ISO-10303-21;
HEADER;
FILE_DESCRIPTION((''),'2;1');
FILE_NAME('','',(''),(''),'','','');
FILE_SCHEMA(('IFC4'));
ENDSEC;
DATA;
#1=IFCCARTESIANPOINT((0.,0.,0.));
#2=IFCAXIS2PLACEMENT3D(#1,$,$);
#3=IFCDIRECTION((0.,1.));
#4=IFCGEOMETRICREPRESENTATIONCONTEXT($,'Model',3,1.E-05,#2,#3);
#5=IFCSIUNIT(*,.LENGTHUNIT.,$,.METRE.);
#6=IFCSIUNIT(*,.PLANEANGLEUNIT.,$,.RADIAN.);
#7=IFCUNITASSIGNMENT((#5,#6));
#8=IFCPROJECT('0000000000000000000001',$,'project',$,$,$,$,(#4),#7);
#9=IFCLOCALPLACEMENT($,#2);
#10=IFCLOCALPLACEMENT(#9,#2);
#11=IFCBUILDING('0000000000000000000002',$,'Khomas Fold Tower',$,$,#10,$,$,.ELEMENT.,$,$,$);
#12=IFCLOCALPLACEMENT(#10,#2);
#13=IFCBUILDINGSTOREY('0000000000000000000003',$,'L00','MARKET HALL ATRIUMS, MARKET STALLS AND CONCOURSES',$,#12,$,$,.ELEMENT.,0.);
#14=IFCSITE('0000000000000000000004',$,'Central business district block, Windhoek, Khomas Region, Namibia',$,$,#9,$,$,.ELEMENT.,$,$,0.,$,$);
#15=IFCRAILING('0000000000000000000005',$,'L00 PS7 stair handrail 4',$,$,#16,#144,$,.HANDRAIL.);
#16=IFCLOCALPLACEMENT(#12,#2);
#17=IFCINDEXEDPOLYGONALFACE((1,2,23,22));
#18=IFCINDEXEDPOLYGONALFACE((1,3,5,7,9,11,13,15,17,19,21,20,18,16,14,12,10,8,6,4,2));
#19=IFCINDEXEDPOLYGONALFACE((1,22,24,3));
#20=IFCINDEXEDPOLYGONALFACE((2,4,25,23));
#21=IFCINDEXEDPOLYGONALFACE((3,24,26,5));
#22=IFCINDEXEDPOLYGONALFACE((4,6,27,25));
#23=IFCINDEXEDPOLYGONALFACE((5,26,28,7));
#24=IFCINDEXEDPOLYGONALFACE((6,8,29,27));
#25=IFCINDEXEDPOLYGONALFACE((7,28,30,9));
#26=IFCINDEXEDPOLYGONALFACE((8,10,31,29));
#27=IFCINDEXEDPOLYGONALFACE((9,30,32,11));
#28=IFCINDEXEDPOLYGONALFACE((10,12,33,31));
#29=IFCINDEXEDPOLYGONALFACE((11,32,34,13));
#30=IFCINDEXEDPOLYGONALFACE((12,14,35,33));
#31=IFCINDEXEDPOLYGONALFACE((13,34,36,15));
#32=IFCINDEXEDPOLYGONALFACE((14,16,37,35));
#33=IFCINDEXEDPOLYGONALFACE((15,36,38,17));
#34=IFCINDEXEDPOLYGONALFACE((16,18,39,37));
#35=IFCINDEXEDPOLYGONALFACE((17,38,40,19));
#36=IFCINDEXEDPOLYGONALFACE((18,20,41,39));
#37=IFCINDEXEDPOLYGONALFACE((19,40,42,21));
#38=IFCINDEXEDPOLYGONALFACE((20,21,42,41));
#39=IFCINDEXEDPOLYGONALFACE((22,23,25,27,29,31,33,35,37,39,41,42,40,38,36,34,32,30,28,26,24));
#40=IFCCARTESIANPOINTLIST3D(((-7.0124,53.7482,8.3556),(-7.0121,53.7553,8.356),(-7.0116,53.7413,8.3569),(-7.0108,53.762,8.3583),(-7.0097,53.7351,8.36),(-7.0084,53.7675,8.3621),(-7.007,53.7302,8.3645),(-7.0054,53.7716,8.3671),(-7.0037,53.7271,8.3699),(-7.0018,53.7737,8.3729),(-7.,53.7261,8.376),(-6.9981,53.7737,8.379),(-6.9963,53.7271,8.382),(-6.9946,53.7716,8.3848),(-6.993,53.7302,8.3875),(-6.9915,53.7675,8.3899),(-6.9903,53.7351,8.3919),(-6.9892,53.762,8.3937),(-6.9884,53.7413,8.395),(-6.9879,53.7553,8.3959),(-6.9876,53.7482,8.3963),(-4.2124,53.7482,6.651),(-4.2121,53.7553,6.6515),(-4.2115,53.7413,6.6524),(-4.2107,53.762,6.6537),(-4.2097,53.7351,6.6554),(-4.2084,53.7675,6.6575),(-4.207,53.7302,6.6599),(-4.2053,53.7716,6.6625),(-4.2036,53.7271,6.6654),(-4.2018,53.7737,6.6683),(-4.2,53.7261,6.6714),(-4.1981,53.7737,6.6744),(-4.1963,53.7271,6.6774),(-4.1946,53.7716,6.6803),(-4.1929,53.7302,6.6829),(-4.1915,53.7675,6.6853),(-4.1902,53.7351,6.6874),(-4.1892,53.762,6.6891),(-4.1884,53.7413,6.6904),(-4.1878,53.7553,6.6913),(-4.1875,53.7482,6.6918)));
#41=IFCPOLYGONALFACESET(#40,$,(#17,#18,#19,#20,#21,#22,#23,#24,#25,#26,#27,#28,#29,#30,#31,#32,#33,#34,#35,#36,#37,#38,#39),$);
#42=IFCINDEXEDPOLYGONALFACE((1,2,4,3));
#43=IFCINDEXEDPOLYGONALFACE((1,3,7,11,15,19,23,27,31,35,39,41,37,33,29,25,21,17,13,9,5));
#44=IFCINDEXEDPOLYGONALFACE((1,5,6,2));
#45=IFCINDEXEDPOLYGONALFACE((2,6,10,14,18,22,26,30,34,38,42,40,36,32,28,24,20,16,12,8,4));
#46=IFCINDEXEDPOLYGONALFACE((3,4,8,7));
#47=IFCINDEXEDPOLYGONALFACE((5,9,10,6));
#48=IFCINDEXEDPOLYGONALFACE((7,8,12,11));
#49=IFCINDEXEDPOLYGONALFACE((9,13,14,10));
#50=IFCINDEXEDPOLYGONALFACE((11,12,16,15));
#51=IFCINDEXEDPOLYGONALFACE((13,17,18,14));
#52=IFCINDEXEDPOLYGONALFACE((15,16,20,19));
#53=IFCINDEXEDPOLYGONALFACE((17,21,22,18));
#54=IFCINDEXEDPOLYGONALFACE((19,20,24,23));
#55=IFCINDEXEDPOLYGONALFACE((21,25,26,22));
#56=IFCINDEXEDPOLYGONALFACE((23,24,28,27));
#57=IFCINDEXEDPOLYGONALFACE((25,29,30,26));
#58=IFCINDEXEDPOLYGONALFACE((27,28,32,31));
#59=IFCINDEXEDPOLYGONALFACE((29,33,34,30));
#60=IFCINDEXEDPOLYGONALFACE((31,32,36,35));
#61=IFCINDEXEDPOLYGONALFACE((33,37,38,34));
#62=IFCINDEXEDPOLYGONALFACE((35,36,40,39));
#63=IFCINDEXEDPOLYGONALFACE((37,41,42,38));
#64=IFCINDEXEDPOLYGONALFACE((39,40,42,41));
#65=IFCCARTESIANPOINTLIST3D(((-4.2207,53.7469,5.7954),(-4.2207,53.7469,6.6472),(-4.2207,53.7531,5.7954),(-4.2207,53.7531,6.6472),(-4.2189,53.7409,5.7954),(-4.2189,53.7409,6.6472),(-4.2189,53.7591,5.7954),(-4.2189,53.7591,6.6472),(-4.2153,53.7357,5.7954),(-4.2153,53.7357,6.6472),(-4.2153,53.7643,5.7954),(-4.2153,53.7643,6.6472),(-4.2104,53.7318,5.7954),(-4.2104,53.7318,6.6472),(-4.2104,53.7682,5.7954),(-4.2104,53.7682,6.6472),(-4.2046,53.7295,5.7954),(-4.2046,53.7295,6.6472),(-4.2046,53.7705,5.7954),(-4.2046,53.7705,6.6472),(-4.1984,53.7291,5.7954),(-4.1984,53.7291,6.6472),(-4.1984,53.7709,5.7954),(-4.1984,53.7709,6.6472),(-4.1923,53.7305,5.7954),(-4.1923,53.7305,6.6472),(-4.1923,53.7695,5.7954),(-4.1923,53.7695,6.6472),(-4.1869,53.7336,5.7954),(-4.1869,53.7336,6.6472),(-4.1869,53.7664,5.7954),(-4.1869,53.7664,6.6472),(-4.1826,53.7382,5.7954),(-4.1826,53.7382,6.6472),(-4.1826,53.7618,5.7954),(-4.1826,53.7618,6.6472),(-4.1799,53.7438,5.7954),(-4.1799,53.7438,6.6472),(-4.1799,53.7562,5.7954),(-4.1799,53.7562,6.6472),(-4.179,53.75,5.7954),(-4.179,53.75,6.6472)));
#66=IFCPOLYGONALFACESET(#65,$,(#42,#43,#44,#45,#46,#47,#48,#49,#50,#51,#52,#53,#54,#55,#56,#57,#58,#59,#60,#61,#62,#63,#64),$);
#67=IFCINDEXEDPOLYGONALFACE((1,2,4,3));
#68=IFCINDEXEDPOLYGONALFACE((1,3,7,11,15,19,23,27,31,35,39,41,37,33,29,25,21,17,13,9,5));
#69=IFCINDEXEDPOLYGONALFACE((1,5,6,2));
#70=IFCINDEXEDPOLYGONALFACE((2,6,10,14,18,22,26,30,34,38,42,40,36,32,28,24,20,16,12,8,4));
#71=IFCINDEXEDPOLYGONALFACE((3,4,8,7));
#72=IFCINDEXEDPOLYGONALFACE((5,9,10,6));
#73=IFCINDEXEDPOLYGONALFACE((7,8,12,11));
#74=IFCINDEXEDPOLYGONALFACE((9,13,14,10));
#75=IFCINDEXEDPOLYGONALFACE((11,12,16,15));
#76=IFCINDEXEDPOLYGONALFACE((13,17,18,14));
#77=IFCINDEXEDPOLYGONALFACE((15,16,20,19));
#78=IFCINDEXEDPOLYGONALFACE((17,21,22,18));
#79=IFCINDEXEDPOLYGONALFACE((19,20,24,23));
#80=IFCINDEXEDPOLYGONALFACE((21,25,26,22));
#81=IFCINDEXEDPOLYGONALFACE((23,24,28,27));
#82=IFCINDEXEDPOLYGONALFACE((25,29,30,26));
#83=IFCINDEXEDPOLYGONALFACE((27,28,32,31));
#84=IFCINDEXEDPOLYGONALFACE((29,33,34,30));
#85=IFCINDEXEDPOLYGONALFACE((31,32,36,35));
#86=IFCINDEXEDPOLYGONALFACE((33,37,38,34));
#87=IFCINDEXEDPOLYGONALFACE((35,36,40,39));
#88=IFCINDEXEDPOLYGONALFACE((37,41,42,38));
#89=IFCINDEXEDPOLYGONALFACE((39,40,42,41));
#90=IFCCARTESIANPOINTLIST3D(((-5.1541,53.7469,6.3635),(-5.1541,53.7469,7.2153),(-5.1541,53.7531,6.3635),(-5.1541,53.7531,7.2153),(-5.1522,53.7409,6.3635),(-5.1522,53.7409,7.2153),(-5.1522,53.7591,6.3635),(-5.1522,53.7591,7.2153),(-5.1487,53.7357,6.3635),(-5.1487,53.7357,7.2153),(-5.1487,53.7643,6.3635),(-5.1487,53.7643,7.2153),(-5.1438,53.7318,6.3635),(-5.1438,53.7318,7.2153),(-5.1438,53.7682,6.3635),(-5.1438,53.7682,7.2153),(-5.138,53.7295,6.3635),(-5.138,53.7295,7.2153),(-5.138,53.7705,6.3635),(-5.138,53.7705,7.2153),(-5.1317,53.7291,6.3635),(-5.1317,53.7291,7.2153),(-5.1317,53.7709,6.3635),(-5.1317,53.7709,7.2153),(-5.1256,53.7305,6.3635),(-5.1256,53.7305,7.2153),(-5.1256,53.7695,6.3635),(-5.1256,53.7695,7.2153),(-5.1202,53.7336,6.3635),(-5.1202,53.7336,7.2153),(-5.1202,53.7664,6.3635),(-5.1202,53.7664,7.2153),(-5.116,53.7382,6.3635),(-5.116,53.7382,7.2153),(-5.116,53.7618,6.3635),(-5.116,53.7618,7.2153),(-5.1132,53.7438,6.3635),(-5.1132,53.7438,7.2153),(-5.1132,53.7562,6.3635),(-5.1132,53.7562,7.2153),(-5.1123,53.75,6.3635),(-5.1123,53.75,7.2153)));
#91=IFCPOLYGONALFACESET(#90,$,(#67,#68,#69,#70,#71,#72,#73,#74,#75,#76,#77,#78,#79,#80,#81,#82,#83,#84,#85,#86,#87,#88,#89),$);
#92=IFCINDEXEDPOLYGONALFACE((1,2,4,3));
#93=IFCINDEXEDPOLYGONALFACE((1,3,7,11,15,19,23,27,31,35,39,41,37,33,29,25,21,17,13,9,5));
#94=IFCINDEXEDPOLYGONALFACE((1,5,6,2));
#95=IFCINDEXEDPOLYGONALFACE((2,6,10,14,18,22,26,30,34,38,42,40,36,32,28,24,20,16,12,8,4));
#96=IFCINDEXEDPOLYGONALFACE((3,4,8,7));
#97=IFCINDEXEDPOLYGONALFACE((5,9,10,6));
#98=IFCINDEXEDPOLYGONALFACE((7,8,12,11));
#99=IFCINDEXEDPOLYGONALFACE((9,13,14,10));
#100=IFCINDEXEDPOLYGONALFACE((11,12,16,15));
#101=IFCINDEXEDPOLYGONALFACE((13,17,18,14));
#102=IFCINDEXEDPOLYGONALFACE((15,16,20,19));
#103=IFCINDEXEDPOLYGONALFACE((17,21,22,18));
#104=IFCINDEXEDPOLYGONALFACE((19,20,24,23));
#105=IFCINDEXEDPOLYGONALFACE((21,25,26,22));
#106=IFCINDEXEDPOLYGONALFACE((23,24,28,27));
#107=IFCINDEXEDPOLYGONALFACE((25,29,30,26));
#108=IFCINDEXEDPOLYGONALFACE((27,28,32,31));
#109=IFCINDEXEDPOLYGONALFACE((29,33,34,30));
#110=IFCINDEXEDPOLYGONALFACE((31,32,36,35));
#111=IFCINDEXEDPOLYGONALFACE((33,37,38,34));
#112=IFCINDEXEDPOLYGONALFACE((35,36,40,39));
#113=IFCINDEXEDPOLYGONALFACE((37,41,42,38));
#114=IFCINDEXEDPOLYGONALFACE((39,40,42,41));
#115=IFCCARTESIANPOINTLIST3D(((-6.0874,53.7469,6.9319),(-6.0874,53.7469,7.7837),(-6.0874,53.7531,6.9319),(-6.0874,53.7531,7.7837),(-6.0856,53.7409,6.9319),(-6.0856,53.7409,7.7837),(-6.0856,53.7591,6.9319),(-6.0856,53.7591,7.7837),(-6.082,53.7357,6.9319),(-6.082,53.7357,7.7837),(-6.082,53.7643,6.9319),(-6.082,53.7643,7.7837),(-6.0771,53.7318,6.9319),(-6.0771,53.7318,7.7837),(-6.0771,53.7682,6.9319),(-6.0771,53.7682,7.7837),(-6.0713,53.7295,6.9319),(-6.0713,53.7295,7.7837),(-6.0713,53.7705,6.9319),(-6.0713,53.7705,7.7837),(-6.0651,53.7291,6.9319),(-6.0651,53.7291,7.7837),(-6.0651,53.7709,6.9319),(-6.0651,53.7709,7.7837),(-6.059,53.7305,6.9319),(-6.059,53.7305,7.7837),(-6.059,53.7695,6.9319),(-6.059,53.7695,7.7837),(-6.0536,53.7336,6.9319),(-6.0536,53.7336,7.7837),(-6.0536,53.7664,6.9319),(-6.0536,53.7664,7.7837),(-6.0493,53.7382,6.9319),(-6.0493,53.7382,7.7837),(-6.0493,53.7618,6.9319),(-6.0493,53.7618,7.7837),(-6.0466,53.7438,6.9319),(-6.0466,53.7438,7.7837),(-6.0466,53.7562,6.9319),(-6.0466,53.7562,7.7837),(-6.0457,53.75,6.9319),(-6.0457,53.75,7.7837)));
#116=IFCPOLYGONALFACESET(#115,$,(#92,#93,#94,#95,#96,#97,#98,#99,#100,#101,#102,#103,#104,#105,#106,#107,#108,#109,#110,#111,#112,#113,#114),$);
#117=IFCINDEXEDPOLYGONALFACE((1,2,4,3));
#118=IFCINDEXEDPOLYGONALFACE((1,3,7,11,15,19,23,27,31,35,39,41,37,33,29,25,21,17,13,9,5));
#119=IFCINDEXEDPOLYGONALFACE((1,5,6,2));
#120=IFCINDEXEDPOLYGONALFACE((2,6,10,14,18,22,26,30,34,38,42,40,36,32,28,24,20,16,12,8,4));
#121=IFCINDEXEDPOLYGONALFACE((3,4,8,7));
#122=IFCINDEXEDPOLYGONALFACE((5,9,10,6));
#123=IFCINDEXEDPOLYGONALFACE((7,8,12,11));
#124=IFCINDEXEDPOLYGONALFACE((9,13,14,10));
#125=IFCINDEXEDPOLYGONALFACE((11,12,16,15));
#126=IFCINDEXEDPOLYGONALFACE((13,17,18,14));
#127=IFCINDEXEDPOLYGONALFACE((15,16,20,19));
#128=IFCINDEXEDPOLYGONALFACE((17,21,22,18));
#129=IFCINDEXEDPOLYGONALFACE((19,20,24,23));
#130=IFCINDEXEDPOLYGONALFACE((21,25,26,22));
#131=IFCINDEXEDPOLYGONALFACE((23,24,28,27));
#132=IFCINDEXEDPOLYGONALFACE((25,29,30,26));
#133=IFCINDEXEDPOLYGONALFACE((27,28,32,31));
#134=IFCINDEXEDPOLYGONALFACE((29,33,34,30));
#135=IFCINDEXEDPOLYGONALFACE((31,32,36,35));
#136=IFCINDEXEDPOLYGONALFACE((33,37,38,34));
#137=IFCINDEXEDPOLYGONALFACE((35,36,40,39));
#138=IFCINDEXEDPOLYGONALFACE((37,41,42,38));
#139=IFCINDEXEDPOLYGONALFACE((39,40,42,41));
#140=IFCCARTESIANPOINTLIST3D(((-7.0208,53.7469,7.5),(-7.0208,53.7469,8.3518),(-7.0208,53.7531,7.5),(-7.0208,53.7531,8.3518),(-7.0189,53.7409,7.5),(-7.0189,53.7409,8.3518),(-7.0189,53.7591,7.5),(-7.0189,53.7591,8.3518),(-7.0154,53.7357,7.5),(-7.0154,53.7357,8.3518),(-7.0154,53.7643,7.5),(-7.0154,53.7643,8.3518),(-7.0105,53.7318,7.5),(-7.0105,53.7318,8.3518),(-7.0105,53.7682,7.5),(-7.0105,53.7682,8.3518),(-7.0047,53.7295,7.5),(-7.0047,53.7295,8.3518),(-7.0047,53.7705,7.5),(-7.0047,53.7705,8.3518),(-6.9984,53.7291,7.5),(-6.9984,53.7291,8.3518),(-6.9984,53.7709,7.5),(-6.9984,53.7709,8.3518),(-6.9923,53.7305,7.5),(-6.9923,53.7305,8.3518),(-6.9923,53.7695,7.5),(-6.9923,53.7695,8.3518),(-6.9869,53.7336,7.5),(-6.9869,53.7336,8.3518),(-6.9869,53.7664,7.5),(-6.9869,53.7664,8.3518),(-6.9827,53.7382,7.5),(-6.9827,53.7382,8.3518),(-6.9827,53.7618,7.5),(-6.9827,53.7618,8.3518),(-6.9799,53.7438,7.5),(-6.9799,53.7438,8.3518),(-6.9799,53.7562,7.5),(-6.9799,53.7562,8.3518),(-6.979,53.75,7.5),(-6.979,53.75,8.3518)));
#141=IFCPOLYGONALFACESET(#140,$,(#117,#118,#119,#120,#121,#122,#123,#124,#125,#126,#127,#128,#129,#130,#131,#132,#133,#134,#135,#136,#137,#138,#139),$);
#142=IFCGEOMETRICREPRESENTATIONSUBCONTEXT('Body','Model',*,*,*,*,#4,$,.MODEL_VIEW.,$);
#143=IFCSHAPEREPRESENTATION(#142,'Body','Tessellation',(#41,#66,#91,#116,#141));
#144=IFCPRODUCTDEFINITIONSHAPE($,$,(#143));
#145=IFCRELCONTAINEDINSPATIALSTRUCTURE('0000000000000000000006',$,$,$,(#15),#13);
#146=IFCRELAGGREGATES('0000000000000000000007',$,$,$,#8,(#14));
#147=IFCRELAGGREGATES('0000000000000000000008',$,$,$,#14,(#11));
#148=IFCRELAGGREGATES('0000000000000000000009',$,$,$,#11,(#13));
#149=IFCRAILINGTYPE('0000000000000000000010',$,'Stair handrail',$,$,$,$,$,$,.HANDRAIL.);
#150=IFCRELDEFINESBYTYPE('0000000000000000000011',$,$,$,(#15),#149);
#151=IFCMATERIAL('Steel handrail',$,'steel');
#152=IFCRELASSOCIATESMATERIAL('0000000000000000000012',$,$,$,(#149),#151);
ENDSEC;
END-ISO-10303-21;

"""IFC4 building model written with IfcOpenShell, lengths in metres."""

from ifc_helpers import new_model, si_unit, direction, frame, origin, origin_2d, place, context, subcontext, project, spatial, circle, extrude, source, transform, mapped, material, type_object, element, save


model = new_model("IFC4")

# Units and contexts
model_context = context("Model", 3, precision=1e-05, world=origin(), true_north=direction((0.0, 1.0)))
body_context = subcontext(model_context, "Body", "Model", "MODEL_VIEW")
ifc_project = project(units=[si_unit("LENGTHUNIT", "METRE"), si_unit("PLANEANGLEUNIT", "RADIAN")], contexts=[model_context])

# Site, building, storey
site_placement = place(None, origin())
site = spatial("IfcSite", under=ifc_project, at=site_placement, Name="Central business district block, Windhoek, Khomas Region, Namibia", CompositionType="ELEMENT", RefElevation=0.0)
building_placement = place(site_placement, origin())
building = spatial("IfcBuilding", under=site, at=building_placement, Name="Khomas Fold Tower", CompositionType="ELEMENT")
storey_placement = place(building_placement, origin())
storey = spatial("IfcBuildingStorey", under=building, at=storey_placement, Name="L00", Description="MARKET HALL ATRIUMS, MARKET STALLS AND CONCOURSES", CompositionType="ELEMENT", Elevation=0.0)

# Railing
ifc_material_1 = material(Name="Steel handrail", Category="steel")
railing_type_1 = type_object("IfcRailingType", Name="Stair handrail", PredefinedType="HANDRAIL", material=ifc_material_1)
shared_shape_1 = source(origin(), body_context, "Body", "SweptSolid", [
    extrude(circle(Radius=0.0239, at=origin_2d()), frame((0.0, 0.0, 0.876), z_axis=(-0.85417, 0.0, 0.519994), x_axis=(0.0, -1.0, 0.0)), (0.0, 0.0, 1.0), 3.2781),
    extrude(circle(Radius=0.021, at=origin_2d()), origin(), (0.0, 0.0, 1.0), 0.8518),
    extrude(circle(Radius=0.021, at=origin_2d()), frame((-0.9333, 0.0, 0.5681)), (0.0, 0.0, 1.0), 0.8518),
    extrude(circle(Radius=0.021, at=origin_2d()), frame((-1.8667, 0.0, 1.1365)), (0.0, 0.0, 1.0), 0.8518),
    extrude(circle(Radius=0.021, at=origin_2d()), frame((-2.8, 0.0, 1.7046)), (0.0, 0.0, 1.0), 0.8518),
])
for number, where, name in (
    (1, (-4.2, 53.75, 5.7954), "L00 PS7 stair handrail 4"),
):
    element("IfcRailing", number, at=place(storey_placement, frame(where)), inside=storey, type_object=railing_type_1, Name=name, PredefinedType="HANDRAIL", context=body_context, shape_type="MappedRepresentation", body=[
        mapped(shared_shape_1, transform((0.0, 0.0, 0.0))),
    ])

save(model, "model.ifc")
